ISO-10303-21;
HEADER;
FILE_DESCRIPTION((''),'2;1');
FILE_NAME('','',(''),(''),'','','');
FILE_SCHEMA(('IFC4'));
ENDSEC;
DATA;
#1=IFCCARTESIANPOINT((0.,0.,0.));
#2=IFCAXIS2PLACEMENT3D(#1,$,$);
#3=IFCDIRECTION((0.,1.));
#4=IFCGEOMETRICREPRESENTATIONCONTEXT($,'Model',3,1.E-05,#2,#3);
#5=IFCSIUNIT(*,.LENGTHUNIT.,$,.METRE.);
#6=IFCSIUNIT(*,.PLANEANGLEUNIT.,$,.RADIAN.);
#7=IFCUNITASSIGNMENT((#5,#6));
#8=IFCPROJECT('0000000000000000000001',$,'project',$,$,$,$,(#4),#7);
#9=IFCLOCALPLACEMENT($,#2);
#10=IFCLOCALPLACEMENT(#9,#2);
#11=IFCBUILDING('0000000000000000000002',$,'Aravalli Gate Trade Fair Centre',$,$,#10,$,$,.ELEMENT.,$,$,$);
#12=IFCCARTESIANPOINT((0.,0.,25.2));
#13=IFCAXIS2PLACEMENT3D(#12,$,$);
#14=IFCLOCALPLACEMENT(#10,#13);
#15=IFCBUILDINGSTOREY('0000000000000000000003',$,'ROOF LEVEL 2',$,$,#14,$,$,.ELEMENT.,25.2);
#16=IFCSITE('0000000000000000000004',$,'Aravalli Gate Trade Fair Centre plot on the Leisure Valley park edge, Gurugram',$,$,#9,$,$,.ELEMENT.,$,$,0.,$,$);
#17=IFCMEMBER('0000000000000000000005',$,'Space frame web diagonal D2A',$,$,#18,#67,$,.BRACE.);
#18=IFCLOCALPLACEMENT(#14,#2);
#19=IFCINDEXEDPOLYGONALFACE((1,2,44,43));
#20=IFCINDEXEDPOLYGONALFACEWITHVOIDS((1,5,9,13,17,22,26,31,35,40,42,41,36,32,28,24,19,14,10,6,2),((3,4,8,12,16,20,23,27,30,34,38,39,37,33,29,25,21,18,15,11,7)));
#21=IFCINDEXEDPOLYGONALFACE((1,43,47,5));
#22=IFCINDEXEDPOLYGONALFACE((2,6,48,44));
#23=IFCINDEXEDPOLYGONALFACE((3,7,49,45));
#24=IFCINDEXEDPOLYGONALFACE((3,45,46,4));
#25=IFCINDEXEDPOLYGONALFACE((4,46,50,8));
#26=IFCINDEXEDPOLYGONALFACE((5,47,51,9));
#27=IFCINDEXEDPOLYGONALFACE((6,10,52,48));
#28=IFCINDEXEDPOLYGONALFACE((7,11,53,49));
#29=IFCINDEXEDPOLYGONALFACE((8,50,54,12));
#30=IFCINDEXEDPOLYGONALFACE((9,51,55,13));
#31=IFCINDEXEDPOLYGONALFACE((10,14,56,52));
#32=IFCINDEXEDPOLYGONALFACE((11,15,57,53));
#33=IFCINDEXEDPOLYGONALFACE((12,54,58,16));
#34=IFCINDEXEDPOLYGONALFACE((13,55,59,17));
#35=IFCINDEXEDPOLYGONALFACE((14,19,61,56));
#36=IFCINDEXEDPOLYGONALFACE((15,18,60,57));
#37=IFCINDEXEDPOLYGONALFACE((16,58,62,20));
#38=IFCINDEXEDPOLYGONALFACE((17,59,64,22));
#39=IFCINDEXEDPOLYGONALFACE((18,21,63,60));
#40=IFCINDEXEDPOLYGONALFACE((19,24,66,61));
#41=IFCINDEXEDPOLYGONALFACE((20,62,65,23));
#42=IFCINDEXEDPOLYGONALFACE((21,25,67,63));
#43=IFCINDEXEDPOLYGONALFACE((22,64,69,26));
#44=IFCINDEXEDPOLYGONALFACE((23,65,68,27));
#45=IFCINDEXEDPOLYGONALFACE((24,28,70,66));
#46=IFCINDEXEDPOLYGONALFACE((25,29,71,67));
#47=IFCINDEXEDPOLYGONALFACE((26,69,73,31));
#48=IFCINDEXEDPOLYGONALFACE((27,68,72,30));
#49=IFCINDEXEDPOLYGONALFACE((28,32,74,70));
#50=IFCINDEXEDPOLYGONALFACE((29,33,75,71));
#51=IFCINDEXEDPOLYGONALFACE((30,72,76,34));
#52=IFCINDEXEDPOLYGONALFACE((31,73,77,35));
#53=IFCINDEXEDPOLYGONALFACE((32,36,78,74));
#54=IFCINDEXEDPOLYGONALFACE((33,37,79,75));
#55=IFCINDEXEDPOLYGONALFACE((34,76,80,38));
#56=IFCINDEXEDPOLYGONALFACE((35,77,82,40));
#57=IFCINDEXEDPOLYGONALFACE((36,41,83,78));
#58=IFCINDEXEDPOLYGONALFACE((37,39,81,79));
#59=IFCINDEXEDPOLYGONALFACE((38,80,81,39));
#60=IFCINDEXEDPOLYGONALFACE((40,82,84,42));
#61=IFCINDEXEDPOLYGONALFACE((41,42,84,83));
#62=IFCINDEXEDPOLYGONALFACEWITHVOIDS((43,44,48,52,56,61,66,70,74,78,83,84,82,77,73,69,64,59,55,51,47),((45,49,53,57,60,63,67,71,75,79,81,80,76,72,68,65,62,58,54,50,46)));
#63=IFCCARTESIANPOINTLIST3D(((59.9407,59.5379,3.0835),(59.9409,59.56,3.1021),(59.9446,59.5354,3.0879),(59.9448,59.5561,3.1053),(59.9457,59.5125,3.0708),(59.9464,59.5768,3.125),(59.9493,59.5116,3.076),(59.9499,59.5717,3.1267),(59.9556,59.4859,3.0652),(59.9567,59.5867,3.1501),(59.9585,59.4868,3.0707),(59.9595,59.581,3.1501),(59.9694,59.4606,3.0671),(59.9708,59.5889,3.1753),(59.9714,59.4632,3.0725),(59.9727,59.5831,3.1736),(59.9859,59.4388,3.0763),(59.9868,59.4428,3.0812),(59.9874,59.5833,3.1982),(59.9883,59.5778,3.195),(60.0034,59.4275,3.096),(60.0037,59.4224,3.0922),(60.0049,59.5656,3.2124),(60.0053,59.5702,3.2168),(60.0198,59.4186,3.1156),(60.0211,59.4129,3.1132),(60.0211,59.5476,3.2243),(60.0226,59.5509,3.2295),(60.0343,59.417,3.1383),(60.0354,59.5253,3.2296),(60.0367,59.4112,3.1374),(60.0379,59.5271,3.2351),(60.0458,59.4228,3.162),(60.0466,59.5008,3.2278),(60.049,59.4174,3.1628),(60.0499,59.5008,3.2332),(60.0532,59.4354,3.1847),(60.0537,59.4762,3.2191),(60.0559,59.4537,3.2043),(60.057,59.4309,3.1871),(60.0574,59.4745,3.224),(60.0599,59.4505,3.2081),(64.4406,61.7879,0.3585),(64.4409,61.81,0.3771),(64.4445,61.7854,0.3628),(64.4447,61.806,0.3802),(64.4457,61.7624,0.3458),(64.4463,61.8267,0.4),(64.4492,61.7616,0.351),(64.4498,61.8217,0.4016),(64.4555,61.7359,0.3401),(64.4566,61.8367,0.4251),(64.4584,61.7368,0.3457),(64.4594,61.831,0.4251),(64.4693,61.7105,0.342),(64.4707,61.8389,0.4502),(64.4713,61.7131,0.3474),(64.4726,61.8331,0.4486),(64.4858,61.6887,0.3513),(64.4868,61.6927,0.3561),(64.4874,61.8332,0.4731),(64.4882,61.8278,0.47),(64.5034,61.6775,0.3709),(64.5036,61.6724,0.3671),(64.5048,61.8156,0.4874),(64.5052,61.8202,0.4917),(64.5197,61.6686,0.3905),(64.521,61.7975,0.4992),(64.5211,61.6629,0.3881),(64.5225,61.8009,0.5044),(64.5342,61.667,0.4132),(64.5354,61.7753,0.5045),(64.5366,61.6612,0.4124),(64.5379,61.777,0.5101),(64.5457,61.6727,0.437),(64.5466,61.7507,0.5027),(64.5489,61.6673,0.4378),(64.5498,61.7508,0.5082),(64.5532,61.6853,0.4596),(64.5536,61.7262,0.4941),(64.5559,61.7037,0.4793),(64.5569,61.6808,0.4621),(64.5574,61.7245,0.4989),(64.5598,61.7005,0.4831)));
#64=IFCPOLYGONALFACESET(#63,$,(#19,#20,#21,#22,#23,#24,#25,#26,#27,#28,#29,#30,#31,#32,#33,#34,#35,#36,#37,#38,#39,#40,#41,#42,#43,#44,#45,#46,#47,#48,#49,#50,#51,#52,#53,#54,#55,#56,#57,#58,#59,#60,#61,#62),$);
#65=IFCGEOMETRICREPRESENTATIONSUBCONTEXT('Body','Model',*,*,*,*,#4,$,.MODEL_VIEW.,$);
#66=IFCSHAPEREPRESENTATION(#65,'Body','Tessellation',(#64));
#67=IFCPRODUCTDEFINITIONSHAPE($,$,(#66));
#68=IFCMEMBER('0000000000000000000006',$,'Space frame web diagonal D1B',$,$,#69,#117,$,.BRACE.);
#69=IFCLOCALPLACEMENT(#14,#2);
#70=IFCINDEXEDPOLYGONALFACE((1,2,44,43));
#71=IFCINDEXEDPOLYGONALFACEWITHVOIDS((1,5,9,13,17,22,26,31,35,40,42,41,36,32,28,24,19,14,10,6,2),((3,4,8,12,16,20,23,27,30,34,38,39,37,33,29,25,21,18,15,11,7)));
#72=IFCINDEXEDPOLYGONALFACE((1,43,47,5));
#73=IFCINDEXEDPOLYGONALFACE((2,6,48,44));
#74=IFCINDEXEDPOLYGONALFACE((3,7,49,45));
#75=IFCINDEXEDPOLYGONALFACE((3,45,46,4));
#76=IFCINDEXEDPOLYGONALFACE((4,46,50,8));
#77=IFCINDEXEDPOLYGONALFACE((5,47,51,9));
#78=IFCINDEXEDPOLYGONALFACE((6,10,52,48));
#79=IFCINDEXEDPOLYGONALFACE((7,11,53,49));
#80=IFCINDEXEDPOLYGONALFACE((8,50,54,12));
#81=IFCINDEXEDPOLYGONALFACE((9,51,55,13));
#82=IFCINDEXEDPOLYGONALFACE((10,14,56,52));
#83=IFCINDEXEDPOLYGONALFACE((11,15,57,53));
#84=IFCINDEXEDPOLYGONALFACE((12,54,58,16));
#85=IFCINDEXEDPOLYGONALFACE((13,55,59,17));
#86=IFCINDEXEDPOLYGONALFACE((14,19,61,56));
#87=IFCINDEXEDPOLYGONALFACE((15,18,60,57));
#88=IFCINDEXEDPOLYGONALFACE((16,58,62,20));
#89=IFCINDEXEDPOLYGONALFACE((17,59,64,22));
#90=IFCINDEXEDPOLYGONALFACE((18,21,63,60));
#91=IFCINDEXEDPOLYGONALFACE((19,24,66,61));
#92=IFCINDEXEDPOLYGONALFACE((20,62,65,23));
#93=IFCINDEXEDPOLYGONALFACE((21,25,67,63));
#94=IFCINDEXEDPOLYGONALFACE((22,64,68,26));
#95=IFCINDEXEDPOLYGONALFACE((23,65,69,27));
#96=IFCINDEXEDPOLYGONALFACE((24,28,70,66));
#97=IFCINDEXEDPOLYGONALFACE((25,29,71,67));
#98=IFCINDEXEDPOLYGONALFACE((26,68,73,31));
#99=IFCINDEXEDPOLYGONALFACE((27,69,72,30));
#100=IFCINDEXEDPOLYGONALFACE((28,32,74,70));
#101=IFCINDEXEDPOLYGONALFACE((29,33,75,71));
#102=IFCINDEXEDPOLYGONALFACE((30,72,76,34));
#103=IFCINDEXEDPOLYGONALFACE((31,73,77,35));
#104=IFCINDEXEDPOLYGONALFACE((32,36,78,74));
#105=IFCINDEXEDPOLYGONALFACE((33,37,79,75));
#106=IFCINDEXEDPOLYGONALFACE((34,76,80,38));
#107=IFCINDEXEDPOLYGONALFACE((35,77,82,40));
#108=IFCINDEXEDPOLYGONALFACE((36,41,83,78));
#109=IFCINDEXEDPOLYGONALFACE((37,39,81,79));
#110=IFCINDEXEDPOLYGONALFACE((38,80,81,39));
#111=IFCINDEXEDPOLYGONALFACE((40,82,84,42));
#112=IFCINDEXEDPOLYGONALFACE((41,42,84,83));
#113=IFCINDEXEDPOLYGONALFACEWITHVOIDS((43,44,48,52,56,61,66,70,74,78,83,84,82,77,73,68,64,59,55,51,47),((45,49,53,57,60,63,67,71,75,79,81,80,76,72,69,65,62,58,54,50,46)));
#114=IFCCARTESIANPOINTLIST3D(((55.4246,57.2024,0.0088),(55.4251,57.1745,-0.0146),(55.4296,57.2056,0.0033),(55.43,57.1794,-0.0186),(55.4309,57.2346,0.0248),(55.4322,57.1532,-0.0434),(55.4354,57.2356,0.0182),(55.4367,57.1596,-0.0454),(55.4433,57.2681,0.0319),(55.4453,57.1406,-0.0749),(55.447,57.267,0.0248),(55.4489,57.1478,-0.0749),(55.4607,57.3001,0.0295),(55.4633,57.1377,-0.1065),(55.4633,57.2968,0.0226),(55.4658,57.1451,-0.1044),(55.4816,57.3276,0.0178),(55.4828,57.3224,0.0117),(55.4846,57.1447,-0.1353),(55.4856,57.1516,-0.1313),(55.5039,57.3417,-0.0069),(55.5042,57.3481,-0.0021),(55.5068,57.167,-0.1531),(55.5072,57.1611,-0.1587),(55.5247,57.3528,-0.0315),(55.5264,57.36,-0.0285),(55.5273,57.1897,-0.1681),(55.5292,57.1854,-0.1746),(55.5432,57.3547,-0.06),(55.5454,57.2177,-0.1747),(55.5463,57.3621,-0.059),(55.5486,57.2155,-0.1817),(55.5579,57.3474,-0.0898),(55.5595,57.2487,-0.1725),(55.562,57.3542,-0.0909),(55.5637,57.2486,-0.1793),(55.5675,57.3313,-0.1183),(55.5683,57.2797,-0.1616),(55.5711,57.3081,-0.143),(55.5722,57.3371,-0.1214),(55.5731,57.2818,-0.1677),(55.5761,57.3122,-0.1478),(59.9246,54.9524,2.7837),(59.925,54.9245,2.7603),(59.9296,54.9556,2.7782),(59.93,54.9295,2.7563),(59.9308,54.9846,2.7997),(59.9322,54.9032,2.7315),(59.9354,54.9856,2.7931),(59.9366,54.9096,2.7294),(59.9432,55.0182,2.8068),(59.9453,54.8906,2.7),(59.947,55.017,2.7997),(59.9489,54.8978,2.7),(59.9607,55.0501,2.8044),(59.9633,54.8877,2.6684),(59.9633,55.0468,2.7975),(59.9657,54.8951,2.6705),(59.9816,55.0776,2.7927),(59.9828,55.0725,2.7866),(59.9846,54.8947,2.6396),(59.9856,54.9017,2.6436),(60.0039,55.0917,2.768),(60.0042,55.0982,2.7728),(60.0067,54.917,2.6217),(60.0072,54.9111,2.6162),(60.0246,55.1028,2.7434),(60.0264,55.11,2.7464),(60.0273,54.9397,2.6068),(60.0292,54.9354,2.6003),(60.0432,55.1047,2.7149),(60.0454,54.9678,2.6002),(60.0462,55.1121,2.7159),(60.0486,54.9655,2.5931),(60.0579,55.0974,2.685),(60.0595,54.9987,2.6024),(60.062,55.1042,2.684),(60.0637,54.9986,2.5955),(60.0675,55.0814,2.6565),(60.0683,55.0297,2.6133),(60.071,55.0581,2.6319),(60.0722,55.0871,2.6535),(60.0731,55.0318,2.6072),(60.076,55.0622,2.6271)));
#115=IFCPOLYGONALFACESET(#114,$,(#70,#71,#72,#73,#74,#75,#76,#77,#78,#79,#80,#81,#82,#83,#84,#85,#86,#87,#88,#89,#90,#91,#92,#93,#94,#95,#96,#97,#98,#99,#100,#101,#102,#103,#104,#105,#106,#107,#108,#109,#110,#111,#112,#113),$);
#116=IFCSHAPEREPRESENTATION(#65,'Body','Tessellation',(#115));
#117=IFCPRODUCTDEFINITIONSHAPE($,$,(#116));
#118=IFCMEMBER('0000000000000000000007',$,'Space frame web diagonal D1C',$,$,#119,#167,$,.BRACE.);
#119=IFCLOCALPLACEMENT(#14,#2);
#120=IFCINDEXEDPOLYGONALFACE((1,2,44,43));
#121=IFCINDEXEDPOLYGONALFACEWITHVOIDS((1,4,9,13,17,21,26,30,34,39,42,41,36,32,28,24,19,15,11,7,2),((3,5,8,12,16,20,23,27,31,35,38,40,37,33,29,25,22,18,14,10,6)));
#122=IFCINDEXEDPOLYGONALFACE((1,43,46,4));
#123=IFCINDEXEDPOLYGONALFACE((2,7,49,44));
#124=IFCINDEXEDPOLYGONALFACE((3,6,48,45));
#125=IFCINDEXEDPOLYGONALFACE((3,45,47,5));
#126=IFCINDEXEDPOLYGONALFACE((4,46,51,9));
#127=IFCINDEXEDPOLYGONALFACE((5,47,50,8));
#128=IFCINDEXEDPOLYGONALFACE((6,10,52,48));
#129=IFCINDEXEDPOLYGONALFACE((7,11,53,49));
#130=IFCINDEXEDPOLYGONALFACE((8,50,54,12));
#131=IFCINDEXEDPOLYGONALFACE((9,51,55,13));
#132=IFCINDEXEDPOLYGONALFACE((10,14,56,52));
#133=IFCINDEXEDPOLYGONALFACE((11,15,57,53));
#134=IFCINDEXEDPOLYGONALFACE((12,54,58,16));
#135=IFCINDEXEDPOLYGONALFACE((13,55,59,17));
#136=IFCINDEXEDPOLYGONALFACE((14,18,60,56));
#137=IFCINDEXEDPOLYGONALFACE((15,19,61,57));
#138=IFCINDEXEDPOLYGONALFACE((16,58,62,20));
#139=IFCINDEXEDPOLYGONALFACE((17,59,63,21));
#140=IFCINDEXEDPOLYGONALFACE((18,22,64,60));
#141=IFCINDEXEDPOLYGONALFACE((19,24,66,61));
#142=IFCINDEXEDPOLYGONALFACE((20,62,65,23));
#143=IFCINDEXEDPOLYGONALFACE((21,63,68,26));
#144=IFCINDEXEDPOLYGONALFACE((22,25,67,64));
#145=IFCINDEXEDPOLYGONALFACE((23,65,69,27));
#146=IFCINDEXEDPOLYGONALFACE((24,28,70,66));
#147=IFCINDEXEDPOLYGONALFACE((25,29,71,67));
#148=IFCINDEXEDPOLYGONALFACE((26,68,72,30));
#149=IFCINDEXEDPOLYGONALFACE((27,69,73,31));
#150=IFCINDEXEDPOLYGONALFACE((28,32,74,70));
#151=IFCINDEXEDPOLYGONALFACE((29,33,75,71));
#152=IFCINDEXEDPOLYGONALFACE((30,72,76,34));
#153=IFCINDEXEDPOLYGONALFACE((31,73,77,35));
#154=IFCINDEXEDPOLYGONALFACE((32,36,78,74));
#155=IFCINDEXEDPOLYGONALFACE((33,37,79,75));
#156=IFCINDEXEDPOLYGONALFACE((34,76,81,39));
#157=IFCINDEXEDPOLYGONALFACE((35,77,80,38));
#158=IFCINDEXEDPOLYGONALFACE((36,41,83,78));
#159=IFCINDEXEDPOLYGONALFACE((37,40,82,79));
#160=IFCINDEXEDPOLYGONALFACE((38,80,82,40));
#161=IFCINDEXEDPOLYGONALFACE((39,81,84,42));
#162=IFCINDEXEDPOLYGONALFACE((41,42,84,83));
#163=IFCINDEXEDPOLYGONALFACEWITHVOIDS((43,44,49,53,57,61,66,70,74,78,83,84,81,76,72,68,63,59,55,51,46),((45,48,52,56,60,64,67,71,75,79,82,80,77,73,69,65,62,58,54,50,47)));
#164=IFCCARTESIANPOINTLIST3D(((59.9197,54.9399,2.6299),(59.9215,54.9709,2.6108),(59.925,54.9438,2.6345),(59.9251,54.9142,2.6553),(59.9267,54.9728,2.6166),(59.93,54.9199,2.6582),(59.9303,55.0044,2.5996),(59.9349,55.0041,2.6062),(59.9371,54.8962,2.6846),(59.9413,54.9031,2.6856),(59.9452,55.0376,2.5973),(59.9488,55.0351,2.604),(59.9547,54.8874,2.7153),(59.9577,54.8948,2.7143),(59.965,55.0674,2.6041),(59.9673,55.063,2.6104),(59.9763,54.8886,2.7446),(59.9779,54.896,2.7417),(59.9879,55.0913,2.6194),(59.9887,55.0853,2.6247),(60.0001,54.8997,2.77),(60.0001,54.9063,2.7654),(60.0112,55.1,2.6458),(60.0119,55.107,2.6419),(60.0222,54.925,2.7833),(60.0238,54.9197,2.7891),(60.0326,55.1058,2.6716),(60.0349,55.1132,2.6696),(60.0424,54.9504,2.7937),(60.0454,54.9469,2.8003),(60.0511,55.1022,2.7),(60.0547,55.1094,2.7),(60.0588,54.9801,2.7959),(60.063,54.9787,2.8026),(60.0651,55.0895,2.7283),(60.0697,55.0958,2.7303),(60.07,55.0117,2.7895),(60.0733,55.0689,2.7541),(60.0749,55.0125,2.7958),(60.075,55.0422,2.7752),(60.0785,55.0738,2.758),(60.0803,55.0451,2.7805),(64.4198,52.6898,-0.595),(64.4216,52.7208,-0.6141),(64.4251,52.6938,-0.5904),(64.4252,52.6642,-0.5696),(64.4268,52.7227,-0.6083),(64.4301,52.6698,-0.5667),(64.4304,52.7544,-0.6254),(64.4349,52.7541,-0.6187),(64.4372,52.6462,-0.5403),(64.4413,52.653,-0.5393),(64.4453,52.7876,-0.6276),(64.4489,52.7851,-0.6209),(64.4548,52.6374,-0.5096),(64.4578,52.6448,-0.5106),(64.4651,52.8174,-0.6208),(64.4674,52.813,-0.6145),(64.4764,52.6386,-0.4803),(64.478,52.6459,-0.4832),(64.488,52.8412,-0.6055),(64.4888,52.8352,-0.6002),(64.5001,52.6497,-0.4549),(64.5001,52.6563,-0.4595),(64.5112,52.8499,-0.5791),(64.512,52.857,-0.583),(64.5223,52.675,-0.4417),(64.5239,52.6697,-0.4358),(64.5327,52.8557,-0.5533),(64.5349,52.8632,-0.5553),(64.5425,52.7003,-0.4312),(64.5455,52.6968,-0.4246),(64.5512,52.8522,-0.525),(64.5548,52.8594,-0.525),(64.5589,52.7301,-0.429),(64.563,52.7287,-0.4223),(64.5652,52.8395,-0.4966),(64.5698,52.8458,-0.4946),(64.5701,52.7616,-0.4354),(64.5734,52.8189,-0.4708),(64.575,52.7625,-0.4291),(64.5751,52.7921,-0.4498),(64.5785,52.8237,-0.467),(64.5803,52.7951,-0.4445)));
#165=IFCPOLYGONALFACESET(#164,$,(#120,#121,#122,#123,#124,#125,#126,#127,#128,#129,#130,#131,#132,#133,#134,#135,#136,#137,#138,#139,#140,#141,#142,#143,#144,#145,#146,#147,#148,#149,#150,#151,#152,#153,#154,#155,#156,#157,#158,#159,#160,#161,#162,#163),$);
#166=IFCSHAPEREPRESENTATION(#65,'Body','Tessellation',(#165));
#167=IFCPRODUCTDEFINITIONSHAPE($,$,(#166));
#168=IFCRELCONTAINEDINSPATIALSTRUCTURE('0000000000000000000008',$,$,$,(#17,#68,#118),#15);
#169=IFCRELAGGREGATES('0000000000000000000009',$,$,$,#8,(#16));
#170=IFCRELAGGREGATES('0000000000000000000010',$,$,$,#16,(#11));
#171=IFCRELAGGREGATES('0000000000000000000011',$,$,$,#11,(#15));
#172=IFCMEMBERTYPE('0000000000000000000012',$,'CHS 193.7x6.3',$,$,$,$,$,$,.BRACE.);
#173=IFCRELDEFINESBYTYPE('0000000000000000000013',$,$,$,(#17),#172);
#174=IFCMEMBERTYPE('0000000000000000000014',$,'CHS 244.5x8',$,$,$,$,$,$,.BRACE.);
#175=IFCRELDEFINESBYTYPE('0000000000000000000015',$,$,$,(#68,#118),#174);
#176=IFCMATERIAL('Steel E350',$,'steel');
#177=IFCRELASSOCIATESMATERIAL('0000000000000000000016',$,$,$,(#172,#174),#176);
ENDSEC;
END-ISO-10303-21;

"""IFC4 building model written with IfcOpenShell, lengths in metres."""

from ifc_helpers import new_model, si_unit, direction, frame, origin, origin_2d, place, context, subcontext, project, spatial, hollow_circle, extrude, material, material_profile, profile_set, type_object, element, save


model = new_model("IFC4")

# Units and contexts
model_context = context("Model", 3, precision=1e-05, world=origin(), true_north=direction((0.0, 1.0)))
body_context = subcontext(model_context, "Body", "Model", "MODEL_VIEW")
ifc_project = project(units=[si_unit("LENGTHUNIT", "METRE"), si_unit("PLANEANGLEUNIT", "RADIAN")], contexts=[model_context])

# Site, building, storey
site_placement = place(None, origin())
site = spatial("IfcSite", under=ifc_project, at=site_placement, Name="Aravalli Gate Trade Fair Centre plot on the Leisure Valley park edge, Gurugram", CompositionType="ELEMENT", RefElevation=0.0)
building_placement = place(site_placement, origin())
building = spatial("IfcBuilding", under=site, at=building_placement, Name="Aravalli Gate Trade Fair Centre", CompositionType="ELEMENT")
storey_placement = place(building_placement, frame((0.0, 0.0, 25.2)))
storey = spatial("IfcBuildingStorey", under=building, at=storey_placement, Name="ROOF LEVEL 2", CompositionType="ELEMENT", Elevation=25.2)

# Members
ifc_material = material(Name="Steel E350", Category="steel")
ifc_material_profile_1 = material_profile(ifc_material, hollow_circle(Radius=0.0969, WallThickness=0.0063, at=origin_2d()), Name="CHS 193.7x6.3")
ifc_profile_set_1 = profile_set([ifc_material_profile_1], Name="Steel E350")
member_type_1 = type_object("IfcMemberType", Name="CHS 193.7x6.3", PredefinedType="BRACE", material=ifc_profile_set_1)
member_1_placement = place(storey_placement, frame((60.0, 59.5, 3.1501), z_axis=(0.78647, 0.393235, -0.476268), x_axis=(-0.447214, 0.894427, 0.0)))
element("IfcMember", 1, at=member_1_placement, inside=storey, type_object=member_type_1, Name="Space frame web diagonal D2A", PredefinedType="BRACE", context=body_context, shape_type="SweptSolid", body=[
    extrude(hollow_circle(Radius=0.0969, WallThickness=0.0063, at=origin_2d()), origin(), (0.0, 0.0, 1.0), 5.7217),
])
ifc_material_profile_2 = material_profile(ifc_material, hollow_circle(Radius=0.1223, WallThickness=0.0081, at=origin_2d()), Name="CHS 244.5x8")
ifc_profile_set_2 = profile_set([ifc_material_profile_2], Name="Steel E350")
member_type_2 = type_object("IfcMemberType", Name="CHS 244.5x8", PredefinedType="BRACE", material=ifc_profile_set_2)
member_2_placement = place(storey_placement, frame((60.0, 55.0, 2.7), z_axis=(-0.7832, 0.3916, -0.482956), x_axis=(-0.447214, -0.894427, 0.0)))
element("IfcMember", 2, at=member_2_placement, inside=storey, type_object=member_type_2, Name="Space frame web diagonal D1B", PredefinedType="BRACE", context=body_context, shape_type="SweptSolid", body=[
    extrude(hollow_circle(Radius=0.1223, WallThickness=0.0081, at=origin_2d()), origin(), (0.0, 0.0, 1.0), 5.7456),
])
for number, where, z_axis, x_axis, name in (
    (3, (60.0, 55.0, 2.7), (0.753016, -0.376508, -0.539637), (0.447214, 0.894427, 0.0), "Space frame web diagonal D1C"),
):
    element("IfcMember", number, at=place(storey_placement, frame(where, z_axis=z_axis, x_axis=x_axis)), inside=storey, type_object=member_type_2, Name=name, PredefinedType="BRACE", context=body_context, shape_type="SweptSolid", body=[
        extrude(hollow_circle(Radius=0.1223, WallThickness=0.0081, at=origin_2d()), origin(), (0.0, 0.0, 1.0), 5.9761),
    ])

save(model, "model.ifc")
